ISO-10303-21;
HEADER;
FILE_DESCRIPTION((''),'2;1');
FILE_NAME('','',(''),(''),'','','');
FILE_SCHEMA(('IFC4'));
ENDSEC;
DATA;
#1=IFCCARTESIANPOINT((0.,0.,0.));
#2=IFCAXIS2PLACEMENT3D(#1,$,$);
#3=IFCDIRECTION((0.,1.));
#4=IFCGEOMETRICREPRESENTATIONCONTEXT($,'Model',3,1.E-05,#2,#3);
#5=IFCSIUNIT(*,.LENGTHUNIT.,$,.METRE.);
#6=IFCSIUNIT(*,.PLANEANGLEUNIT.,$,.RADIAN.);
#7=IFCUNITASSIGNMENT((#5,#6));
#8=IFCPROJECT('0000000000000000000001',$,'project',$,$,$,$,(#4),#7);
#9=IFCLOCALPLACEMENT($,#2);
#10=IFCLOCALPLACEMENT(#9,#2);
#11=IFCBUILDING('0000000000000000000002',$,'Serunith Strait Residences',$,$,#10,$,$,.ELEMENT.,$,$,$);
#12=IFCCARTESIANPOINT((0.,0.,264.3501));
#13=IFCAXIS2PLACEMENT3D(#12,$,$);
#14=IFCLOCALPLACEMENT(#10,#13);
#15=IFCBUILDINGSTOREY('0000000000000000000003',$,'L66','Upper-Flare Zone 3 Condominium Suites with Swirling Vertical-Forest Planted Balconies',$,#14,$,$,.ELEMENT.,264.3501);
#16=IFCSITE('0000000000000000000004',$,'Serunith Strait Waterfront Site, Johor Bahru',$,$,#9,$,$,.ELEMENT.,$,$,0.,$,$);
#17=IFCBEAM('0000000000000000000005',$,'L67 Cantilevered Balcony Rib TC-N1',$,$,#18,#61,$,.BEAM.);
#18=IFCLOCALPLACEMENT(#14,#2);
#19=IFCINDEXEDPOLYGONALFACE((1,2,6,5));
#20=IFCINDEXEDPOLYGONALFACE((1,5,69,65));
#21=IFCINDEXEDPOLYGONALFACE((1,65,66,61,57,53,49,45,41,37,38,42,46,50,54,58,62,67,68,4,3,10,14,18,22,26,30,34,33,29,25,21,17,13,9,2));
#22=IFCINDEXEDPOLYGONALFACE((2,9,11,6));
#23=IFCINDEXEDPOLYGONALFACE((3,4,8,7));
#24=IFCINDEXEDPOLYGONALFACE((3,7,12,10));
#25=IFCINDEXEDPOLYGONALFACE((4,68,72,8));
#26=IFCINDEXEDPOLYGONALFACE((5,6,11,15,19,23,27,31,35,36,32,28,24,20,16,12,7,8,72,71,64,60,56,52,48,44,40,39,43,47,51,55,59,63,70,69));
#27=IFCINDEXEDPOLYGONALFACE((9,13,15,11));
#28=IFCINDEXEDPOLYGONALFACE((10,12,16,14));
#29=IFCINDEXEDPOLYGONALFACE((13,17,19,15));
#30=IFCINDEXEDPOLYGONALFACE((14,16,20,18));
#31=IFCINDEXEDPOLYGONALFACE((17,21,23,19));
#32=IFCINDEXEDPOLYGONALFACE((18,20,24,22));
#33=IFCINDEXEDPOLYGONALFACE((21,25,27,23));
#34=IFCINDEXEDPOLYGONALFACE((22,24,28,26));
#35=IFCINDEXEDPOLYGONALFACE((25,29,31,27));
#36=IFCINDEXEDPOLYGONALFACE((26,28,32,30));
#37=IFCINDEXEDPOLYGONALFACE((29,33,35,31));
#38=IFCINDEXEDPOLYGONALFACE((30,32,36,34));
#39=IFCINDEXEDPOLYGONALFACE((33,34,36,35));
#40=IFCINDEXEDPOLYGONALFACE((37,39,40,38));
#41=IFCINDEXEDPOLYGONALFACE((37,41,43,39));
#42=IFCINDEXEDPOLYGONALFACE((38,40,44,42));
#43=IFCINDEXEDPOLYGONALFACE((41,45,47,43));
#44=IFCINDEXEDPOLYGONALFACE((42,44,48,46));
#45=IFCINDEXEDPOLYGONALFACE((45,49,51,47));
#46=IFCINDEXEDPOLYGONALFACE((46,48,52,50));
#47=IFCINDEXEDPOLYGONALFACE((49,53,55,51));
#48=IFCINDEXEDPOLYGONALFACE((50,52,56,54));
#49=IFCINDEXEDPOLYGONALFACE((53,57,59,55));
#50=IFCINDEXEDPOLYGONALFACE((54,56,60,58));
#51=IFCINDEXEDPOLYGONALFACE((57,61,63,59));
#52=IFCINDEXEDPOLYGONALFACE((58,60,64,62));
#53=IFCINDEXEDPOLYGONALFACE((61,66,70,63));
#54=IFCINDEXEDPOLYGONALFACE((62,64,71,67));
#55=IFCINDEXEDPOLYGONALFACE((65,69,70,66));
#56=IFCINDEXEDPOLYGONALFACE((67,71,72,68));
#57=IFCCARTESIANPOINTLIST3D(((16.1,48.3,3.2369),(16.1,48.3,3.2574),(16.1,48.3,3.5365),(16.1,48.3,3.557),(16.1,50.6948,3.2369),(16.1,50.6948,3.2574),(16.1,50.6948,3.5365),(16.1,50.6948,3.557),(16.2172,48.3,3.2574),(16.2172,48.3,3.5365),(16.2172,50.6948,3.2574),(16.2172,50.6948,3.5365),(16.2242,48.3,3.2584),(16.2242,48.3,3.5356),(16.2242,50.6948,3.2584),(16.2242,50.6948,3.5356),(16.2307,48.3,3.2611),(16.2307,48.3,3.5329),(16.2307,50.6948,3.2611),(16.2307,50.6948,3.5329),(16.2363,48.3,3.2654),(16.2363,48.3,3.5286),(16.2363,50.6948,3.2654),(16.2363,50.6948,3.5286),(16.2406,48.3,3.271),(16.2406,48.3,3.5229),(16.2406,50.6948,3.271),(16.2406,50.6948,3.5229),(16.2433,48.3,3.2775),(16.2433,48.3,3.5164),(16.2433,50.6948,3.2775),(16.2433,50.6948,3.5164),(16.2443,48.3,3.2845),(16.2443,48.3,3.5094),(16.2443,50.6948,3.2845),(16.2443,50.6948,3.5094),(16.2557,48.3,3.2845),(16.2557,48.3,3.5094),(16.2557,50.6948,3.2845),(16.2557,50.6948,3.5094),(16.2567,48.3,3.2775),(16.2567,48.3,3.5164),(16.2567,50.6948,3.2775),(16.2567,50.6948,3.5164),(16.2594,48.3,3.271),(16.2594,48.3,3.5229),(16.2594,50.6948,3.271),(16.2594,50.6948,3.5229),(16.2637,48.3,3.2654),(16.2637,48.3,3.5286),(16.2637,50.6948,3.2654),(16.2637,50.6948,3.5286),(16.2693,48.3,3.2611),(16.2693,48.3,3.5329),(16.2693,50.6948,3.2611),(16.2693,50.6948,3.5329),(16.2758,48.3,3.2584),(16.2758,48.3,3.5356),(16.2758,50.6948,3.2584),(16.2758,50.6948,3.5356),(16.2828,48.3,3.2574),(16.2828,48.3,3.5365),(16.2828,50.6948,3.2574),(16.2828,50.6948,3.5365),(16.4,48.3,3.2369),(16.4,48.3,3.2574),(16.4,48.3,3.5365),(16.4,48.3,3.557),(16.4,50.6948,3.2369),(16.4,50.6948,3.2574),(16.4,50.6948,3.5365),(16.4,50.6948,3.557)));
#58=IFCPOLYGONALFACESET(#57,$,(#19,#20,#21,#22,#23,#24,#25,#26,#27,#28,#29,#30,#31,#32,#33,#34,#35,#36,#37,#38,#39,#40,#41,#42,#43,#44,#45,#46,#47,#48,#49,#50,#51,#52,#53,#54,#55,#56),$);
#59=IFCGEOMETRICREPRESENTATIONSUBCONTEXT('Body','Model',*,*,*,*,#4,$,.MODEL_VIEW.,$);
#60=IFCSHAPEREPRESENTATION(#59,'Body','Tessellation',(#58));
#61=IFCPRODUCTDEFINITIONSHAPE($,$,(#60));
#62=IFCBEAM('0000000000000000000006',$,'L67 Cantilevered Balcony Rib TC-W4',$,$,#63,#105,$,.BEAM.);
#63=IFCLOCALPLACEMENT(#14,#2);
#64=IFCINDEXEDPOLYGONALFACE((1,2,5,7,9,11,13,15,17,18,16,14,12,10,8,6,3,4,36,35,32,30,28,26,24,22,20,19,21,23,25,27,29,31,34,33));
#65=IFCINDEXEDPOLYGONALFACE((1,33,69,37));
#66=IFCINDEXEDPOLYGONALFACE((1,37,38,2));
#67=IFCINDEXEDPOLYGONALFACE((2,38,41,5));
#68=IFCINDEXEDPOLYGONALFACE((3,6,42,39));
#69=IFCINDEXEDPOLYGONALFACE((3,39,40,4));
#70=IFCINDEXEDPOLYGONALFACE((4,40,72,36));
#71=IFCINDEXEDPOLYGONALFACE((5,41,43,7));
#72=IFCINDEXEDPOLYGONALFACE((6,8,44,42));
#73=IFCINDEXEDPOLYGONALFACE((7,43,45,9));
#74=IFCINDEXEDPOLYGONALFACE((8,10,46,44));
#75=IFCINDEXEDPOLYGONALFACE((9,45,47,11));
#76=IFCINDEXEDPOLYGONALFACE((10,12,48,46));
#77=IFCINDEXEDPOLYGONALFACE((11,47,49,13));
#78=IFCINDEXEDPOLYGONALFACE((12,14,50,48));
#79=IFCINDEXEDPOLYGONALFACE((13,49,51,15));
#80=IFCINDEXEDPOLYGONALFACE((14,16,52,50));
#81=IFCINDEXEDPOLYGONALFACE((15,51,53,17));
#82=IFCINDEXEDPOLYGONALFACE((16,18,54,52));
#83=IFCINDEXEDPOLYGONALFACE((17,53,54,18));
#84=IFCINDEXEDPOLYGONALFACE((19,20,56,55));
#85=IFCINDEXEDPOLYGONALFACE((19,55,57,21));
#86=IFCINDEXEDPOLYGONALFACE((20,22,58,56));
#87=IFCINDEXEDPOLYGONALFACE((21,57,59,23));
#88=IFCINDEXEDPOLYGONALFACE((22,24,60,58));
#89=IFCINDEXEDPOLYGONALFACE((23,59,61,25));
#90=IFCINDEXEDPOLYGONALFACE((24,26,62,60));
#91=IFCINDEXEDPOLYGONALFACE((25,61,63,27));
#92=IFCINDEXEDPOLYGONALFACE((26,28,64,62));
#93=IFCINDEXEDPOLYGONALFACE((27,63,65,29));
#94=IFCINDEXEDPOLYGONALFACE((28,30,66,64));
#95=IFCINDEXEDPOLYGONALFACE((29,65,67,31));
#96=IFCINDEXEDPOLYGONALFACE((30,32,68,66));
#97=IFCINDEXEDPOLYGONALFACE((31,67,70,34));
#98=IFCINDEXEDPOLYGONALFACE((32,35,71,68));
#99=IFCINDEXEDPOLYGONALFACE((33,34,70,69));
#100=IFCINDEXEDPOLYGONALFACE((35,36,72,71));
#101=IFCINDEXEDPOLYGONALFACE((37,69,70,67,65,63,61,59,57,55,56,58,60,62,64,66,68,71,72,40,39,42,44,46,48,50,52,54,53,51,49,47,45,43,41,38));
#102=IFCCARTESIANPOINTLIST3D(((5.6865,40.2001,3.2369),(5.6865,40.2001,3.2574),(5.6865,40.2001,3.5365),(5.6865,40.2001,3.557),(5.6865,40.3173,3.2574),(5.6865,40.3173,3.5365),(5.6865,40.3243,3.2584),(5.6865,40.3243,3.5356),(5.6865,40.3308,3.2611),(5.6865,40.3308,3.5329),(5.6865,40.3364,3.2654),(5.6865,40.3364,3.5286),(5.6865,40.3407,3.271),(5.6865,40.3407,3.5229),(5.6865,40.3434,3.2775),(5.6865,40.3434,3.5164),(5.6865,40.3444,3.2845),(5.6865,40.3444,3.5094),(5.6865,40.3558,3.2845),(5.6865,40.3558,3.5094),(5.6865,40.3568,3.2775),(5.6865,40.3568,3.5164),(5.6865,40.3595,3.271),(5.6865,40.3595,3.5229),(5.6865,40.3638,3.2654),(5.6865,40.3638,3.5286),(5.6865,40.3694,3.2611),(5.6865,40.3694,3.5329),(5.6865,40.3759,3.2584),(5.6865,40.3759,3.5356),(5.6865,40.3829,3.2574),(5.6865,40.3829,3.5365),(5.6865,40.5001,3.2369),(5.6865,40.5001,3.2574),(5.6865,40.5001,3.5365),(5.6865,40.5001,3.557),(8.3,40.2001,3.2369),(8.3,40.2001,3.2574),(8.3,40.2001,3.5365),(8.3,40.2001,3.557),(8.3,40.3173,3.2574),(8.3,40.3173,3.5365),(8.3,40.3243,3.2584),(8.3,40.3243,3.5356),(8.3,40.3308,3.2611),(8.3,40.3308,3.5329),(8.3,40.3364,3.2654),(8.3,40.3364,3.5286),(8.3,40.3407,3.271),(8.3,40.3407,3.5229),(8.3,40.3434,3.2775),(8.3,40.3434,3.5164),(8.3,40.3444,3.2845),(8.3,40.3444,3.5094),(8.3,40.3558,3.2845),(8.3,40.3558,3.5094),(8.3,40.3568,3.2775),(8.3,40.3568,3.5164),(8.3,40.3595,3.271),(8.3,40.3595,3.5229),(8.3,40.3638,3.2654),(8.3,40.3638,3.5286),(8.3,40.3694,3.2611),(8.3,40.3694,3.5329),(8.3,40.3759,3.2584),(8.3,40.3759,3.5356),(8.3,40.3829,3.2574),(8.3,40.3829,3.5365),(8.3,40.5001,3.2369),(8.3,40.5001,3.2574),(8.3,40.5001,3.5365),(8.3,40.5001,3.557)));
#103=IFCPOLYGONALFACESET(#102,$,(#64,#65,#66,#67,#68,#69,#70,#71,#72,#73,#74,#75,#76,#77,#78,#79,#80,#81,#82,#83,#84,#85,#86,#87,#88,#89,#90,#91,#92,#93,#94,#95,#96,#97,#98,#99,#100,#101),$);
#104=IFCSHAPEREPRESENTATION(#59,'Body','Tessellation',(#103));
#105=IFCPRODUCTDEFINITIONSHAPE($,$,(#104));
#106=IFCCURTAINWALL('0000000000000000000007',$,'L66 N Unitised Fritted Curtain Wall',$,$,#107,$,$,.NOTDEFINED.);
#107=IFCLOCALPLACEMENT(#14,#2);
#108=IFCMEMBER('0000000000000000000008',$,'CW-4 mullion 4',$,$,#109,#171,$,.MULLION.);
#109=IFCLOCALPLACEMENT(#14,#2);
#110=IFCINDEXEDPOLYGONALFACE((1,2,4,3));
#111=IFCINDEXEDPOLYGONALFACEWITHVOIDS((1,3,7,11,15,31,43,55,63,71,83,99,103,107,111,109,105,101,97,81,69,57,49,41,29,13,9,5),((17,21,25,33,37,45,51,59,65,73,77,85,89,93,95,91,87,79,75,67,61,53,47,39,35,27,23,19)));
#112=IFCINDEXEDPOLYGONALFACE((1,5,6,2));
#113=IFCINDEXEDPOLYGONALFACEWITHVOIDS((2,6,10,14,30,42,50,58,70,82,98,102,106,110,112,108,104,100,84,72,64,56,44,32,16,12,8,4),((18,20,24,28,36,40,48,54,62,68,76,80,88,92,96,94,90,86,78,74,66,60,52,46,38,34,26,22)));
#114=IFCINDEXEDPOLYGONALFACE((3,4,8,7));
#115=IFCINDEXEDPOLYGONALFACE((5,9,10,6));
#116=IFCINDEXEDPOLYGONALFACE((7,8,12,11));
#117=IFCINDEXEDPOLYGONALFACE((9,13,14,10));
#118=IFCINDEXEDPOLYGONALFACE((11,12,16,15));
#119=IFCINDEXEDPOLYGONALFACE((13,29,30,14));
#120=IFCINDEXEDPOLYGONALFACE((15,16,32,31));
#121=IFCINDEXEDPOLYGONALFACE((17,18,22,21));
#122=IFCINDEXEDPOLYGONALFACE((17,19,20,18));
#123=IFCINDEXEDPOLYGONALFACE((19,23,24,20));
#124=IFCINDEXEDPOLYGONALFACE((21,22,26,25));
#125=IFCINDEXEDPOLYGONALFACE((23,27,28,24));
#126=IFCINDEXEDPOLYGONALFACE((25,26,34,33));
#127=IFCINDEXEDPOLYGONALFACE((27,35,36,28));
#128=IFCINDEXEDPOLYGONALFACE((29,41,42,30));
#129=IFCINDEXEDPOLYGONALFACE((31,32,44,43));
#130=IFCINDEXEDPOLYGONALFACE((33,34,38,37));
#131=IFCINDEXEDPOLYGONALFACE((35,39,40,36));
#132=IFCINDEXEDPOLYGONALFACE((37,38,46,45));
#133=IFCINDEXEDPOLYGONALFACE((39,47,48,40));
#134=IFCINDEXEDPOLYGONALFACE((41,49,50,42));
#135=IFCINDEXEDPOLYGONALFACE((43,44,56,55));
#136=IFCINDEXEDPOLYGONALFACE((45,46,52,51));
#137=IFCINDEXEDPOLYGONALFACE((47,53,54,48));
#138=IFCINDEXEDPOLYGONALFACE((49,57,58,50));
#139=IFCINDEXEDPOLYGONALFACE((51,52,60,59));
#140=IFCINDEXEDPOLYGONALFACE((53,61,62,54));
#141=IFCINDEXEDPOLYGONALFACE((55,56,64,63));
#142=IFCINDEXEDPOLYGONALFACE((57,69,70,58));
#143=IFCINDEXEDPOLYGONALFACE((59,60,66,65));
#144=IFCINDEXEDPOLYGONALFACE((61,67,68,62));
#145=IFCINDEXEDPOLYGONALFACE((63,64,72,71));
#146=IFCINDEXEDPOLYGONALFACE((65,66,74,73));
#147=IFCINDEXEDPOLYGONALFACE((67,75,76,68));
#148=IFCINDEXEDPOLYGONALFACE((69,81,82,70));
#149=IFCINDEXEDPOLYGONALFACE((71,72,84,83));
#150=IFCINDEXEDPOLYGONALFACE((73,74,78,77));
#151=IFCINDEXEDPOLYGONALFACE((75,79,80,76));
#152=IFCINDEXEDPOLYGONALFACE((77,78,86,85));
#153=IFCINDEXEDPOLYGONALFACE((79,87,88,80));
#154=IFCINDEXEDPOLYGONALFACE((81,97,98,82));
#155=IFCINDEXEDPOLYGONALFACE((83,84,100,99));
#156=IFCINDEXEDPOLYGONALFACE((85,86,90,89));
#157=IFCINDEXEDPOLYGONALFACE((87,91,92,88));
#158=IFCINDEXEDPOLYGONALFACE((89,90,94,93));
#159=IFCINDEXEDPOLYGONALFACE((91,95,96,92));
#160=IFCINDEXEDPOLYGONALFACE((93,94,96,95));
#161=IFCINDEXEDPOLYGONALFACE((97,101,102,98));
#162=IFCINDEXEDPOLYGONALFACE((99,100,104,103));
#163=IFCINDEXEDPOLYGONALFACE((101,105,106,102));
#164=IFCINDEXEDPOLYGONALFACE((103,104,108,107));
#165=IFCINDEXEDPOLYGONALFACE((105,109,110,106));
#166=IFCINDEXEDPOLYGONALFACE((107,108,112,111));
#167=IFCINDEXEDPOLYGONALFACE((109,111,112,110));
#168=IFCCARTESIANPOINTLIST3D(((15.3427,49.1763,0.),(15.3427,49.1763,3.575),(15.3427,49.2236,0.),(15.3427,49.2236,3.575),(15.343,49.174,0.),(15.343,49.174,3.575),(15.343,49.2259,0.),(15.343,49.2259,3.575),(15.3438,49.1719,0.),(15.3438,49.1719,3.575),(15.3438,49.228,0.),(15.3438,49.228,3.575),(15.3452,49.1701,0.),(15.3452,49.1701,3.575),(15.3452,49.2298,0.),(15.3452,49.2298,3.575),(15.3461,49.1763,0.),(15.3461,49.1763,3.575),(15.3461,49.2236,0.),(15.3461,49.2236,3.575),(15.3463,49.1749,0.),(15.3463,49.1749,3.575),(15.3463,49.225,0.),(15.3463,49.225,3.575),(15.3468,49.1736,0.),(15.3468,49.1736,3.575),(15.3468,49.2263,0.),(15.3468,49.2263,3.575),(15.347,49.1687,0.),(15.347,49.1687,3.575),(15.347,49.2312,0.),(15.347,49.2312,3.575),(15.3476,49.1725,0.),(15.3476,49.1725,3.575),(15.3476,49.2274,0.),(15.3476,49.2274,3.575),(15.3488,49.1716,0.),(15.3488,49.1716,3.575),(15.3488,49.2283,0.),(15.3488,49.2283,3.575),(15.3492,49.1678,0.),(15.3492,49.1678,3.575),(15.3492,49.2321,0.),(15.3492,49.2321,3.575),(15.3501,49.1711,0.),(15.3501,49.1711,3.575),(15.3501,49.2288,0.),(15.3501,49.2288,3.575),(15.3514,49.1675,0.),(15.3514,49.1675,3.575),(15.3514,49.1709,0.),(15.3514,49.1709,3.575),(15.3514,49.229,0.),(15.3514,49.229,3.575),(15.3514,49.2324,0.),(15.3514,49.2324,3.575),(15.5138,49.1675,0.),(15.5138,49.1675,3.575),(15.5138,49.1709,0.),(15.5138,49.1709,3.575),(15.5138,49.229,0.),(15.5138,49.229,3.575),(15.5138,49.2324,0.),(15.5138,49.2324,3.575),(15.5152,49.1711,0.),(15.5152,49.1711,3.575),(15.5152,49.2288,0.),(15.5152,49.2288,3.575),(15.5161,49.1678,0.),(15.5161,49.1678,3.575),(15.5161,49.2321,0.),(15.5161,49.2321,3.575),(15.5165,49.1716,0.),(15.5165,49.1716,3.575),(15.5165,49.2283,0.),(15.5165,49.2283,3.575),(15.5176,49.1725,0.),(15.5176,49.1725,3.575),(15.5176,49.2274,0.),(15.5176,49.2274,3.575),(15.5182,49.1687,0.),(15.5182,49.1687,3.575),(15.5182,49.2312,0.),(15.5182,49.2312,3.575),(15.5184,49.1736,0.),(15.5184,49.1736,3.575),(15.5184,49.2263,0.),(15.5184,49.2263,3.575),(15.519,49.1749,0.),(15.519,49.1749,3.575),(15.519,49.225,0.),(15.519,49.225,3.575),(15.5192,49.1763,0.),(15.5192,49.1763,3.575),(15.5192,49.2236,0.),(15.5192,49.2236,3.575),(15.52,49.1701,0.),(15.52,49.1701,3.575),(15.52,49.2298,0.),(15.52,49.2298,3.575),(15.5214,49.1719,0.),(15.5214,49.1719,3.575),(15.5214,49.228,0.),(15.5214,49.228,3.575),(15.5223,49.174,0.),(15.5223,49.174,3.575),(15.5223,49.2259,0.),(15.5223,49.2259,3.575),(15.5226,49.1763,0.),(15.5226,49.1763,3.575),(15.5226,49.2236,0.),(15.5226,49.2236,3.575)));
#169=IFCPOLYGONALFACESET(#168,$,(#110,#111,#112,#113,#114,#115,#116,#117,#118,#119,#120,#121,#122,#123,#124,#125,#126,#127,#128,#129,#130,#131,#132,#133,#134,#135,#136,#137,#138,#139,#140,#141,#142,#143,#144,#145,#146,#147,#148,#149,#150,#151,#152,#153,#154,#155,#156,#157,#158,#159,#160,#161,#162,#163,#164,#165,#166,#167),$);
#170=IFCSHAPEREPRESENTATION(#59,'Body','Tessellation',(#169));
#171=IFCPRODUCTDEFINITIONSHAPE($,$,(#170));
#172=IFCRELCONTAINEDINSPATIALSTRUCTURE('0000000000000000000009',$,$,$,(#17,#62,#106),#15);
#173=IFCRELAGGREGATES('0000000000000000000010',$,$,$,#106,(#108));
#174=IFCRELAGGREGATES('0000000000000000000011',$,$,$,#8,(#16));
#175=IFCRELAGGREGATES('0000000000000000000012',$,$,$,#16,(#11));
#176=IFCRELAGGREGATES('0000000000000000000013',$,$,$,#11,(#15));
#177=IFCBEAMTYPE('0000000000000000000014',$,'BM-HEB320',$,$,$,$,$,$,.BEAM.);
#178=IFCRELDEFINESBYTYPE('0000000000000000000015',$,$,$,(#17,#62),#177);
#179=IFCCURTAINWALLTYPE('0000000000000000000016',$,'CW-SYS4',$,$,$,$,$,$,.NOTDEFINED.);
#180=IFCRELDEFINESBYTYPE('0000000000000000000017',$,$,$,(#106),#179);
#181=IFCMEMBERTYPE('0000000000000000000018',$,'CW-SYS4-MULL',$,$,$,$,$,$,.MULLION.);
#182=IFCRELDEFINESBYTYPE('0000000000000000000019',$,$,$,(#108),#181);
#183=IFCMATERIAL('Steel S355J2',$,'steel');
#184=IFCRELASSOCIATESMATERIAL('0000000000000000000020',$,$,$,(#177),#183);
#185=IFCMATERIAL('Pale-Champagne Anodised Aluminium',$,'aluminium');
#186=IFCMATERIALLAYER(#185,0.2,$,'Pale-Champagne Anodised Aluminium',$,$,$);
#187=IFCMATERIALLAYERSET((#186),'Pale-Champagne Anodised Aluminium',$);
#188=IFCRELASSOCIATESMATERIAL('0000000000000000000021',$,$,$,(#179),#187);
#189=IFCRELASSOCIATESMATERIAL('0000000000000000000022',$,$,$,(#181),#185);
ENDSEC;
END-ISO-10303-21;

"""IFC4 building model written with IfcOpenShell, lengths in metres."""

from ifc_helpers import new_model, si_unit, direction, frame, origin, origin_2d, place, context, subcontext, project, spatial, hollow_rectangle, i_section, extrude, source, transform, mapped, material, layer, layer_set, material_profile, profile_set, type_object, element, aggregate, save


model = new_model("IFC4")

# Units and contexts
model_context = context("Model", 3, precision=1e-05, world=origin(), true_north=direction((0.0, 1.0)))
body_context = subcontext(model_context, "Body", "Model", "MODEL_VIEW")
ifc_project = project(units=[si_unit("LENGTHUNIT", "METRE"), si_unit("PLANEANGLEUNIT", "RADIAN")], contexts=[model_context])

# Site, building, storey
site_placement = place(None, origin())
site = spatial("IfcSite", under=ifc_project, at=site_placement, Name="Serunith Strait Waterfront Site, Johor Bahru", CompositionType="ELEMENT", RefElevation=0.0)
building_placement = place(site_placement, origin())
building = spatial("IfcBuilding", under=site, at=building_placement, Name="Serunith Strait Residences", CompositionType="ELEMENT")
storey_placement = place(building_placement, frame((0.0, 0.0, 264.3501)))
storey = spatial("IfcBuildingStorey", under=building, at=storey_placement, Name="L66", Description="Upper-Flare Zone 3 Condominium Suites with Swirling Vertical-Forest Planted Balconies", CompositionType="ELEMENT", Elevation=264.3501)

# Beams
ifc_material_1 = material(Name="Steel S355J2", Category="steel")
ifc_material_profile_1 = material_profile(ifc_material_1, i_section(OverallWidth=0.3, OverallDepth=0.3201, WebThickness=0.0115, FlangeThickness=0.0205, FilletRadius=0.0271, at=origin_2d()), Name="HEB 320")
ifc_profile_set_1 = profile_set([ifc_material_profile_1], Name="Steel S355J2")
beam_type_1 = type_object("IfcBeamType", Name="BM-HEB320", PredefinedType="BEAM", material=ifc_profile_set_1)
shared_shape_1 = source(origin(), body_context, "Body", "SweptSolid", [
    extrude(i_section(OverallWidth=0.3, OverallDepth=0.3201, WebThickness=0.0115, FlangeThickness=0.0205, FilletRadius=0.0271, at=origin_2d()), origin(), (0.0, 0.0, 1.0), 2.3948),
])
beam_1_placement = place(storey_placement, frame((16.25, 48.3, 3.397), z_axis=(0.0, 1.0, 0.0), x_axis=(-1.0, 0.0, 0.0)))
element("IfcBeam", 1, at=beam_1_placement, inside=storey, type_object=beam_type_1, Name="L67 Cantilevered Balcony Rib TC-N1", PredefinedType="BEAM", context=body_context, shape_type="MappedRepresentation", body=[
    mapped(shared_shape_1, transform((0.0, 0.0, 0.0), scale=1.0)),
])
shared_shape_2 = source(origin(), body_context, "Body", "SweptSolid", [
    extrude(i_section(OverallWidth=0.3, OverallDepth=0.3201, WebThickness=0.0115, FlangeThickness=0.0205, FilletRadius=0.0271, at=origin_2d()), origin(), (0.0, 0.0, 1.0), 2.6135),
])
beam_2_placement = place(storey_placement, frame((8.3, 40.3501, 3.397), z_axis=(-1.0, 0.0, 0.0), x_axis=(0.0, -1.0, 0.0)))
element("IfcBeam", 2, at=beam_2_placement, inside=storey, type_object=beam_type_1, Name="L67 Cantilevered Balcony Rib TC-W4", PredefinedType="BEAM", context=body_context, shape_type="MappedRepresentation", body=[
    mapped(shared_shape_2, transform((0.0, 0.0, 0.0), scale=1.0)),
])

# Curtain wall, member
ifc_material_2 = material(Name="Pale-Champagne Anodised Aluminium", Category="aluminium")
ifc_layer_1 = layer(ifc_material_2, 0.2, Name="Pale-Champagne Anodised Aluminium")
ifc_layer_set_1 = layer_set([ifc_layer_1], Name="Pale-Champagne Anodised Aluminium")
curtain_wall_type = type_object("IfcCurtainWallType", Name="CW-SYS4", PredefinedType="NOTDEFINED", material=ifc_layer_set_1)
curtain_wall_1_placement = place(storey_placement, origin())
curtain_wall_1 = element("IfcCurtainWall", 3, at=curtain_wall_1_placement, inside=storey, type_object=curtain_wall_type, Name="L66 N Unitised Fritted Curtain Wall", PredefinedType="NOTDEFINED")
ifc_material_profile_2 = material_profile(ifc_material_2, hollow_rectangle(XDim=0.0649, YDim=0.1799, WallThickness=0.0034, InnerFilletRadius=0.0054, OuterFilletRadius=0.0088, at=origin_2d()), Name="ALU 180x65x3.5")
ifc_profile_set_2 = profile_set([ifc_material_profile_2], Name="Pale-Champagne Anodised Aluminium")
member_type_1 = type_object("IfcMemberType", Name="CW-SYS4-MULL", PredefinedType="MULLION", material=ifc_profile_set_2)
shared_shape_3 = source(origin(), body_context, "Body", "SweptSolid", [
    extrude(hollow_rectangle(XDim=0.0649, YDim=0.1799, WallThickness=0.0034, InnerFilletRadius=0.0054, OuterFilletRadius=0.0088, at=origin_2d()), origin(), (0.0, 0.0, 1.0), 3.575),
])
member_1_placement = place(storey_placement, frame((15.4326, 49.2, 0.0), z_axis=(0.0, 0.0, 1.0), x_axis=(0.0, -1.0, 0.0)))
member_1 = element("IfcMember", 4, at=member_1_placement, type_object=member_type_1, Name="CW-4 mullion 4", PredefinedType="MULLION", context=body_context, shape_type="MappedRepresentation", body=[
    mapped(shared_shape_3, transform((0.0, 0.0, 0.0), scale=1.0)),
])
aggregate(curtain_wall_1, [member_1])

save(model, "model.ifc")
